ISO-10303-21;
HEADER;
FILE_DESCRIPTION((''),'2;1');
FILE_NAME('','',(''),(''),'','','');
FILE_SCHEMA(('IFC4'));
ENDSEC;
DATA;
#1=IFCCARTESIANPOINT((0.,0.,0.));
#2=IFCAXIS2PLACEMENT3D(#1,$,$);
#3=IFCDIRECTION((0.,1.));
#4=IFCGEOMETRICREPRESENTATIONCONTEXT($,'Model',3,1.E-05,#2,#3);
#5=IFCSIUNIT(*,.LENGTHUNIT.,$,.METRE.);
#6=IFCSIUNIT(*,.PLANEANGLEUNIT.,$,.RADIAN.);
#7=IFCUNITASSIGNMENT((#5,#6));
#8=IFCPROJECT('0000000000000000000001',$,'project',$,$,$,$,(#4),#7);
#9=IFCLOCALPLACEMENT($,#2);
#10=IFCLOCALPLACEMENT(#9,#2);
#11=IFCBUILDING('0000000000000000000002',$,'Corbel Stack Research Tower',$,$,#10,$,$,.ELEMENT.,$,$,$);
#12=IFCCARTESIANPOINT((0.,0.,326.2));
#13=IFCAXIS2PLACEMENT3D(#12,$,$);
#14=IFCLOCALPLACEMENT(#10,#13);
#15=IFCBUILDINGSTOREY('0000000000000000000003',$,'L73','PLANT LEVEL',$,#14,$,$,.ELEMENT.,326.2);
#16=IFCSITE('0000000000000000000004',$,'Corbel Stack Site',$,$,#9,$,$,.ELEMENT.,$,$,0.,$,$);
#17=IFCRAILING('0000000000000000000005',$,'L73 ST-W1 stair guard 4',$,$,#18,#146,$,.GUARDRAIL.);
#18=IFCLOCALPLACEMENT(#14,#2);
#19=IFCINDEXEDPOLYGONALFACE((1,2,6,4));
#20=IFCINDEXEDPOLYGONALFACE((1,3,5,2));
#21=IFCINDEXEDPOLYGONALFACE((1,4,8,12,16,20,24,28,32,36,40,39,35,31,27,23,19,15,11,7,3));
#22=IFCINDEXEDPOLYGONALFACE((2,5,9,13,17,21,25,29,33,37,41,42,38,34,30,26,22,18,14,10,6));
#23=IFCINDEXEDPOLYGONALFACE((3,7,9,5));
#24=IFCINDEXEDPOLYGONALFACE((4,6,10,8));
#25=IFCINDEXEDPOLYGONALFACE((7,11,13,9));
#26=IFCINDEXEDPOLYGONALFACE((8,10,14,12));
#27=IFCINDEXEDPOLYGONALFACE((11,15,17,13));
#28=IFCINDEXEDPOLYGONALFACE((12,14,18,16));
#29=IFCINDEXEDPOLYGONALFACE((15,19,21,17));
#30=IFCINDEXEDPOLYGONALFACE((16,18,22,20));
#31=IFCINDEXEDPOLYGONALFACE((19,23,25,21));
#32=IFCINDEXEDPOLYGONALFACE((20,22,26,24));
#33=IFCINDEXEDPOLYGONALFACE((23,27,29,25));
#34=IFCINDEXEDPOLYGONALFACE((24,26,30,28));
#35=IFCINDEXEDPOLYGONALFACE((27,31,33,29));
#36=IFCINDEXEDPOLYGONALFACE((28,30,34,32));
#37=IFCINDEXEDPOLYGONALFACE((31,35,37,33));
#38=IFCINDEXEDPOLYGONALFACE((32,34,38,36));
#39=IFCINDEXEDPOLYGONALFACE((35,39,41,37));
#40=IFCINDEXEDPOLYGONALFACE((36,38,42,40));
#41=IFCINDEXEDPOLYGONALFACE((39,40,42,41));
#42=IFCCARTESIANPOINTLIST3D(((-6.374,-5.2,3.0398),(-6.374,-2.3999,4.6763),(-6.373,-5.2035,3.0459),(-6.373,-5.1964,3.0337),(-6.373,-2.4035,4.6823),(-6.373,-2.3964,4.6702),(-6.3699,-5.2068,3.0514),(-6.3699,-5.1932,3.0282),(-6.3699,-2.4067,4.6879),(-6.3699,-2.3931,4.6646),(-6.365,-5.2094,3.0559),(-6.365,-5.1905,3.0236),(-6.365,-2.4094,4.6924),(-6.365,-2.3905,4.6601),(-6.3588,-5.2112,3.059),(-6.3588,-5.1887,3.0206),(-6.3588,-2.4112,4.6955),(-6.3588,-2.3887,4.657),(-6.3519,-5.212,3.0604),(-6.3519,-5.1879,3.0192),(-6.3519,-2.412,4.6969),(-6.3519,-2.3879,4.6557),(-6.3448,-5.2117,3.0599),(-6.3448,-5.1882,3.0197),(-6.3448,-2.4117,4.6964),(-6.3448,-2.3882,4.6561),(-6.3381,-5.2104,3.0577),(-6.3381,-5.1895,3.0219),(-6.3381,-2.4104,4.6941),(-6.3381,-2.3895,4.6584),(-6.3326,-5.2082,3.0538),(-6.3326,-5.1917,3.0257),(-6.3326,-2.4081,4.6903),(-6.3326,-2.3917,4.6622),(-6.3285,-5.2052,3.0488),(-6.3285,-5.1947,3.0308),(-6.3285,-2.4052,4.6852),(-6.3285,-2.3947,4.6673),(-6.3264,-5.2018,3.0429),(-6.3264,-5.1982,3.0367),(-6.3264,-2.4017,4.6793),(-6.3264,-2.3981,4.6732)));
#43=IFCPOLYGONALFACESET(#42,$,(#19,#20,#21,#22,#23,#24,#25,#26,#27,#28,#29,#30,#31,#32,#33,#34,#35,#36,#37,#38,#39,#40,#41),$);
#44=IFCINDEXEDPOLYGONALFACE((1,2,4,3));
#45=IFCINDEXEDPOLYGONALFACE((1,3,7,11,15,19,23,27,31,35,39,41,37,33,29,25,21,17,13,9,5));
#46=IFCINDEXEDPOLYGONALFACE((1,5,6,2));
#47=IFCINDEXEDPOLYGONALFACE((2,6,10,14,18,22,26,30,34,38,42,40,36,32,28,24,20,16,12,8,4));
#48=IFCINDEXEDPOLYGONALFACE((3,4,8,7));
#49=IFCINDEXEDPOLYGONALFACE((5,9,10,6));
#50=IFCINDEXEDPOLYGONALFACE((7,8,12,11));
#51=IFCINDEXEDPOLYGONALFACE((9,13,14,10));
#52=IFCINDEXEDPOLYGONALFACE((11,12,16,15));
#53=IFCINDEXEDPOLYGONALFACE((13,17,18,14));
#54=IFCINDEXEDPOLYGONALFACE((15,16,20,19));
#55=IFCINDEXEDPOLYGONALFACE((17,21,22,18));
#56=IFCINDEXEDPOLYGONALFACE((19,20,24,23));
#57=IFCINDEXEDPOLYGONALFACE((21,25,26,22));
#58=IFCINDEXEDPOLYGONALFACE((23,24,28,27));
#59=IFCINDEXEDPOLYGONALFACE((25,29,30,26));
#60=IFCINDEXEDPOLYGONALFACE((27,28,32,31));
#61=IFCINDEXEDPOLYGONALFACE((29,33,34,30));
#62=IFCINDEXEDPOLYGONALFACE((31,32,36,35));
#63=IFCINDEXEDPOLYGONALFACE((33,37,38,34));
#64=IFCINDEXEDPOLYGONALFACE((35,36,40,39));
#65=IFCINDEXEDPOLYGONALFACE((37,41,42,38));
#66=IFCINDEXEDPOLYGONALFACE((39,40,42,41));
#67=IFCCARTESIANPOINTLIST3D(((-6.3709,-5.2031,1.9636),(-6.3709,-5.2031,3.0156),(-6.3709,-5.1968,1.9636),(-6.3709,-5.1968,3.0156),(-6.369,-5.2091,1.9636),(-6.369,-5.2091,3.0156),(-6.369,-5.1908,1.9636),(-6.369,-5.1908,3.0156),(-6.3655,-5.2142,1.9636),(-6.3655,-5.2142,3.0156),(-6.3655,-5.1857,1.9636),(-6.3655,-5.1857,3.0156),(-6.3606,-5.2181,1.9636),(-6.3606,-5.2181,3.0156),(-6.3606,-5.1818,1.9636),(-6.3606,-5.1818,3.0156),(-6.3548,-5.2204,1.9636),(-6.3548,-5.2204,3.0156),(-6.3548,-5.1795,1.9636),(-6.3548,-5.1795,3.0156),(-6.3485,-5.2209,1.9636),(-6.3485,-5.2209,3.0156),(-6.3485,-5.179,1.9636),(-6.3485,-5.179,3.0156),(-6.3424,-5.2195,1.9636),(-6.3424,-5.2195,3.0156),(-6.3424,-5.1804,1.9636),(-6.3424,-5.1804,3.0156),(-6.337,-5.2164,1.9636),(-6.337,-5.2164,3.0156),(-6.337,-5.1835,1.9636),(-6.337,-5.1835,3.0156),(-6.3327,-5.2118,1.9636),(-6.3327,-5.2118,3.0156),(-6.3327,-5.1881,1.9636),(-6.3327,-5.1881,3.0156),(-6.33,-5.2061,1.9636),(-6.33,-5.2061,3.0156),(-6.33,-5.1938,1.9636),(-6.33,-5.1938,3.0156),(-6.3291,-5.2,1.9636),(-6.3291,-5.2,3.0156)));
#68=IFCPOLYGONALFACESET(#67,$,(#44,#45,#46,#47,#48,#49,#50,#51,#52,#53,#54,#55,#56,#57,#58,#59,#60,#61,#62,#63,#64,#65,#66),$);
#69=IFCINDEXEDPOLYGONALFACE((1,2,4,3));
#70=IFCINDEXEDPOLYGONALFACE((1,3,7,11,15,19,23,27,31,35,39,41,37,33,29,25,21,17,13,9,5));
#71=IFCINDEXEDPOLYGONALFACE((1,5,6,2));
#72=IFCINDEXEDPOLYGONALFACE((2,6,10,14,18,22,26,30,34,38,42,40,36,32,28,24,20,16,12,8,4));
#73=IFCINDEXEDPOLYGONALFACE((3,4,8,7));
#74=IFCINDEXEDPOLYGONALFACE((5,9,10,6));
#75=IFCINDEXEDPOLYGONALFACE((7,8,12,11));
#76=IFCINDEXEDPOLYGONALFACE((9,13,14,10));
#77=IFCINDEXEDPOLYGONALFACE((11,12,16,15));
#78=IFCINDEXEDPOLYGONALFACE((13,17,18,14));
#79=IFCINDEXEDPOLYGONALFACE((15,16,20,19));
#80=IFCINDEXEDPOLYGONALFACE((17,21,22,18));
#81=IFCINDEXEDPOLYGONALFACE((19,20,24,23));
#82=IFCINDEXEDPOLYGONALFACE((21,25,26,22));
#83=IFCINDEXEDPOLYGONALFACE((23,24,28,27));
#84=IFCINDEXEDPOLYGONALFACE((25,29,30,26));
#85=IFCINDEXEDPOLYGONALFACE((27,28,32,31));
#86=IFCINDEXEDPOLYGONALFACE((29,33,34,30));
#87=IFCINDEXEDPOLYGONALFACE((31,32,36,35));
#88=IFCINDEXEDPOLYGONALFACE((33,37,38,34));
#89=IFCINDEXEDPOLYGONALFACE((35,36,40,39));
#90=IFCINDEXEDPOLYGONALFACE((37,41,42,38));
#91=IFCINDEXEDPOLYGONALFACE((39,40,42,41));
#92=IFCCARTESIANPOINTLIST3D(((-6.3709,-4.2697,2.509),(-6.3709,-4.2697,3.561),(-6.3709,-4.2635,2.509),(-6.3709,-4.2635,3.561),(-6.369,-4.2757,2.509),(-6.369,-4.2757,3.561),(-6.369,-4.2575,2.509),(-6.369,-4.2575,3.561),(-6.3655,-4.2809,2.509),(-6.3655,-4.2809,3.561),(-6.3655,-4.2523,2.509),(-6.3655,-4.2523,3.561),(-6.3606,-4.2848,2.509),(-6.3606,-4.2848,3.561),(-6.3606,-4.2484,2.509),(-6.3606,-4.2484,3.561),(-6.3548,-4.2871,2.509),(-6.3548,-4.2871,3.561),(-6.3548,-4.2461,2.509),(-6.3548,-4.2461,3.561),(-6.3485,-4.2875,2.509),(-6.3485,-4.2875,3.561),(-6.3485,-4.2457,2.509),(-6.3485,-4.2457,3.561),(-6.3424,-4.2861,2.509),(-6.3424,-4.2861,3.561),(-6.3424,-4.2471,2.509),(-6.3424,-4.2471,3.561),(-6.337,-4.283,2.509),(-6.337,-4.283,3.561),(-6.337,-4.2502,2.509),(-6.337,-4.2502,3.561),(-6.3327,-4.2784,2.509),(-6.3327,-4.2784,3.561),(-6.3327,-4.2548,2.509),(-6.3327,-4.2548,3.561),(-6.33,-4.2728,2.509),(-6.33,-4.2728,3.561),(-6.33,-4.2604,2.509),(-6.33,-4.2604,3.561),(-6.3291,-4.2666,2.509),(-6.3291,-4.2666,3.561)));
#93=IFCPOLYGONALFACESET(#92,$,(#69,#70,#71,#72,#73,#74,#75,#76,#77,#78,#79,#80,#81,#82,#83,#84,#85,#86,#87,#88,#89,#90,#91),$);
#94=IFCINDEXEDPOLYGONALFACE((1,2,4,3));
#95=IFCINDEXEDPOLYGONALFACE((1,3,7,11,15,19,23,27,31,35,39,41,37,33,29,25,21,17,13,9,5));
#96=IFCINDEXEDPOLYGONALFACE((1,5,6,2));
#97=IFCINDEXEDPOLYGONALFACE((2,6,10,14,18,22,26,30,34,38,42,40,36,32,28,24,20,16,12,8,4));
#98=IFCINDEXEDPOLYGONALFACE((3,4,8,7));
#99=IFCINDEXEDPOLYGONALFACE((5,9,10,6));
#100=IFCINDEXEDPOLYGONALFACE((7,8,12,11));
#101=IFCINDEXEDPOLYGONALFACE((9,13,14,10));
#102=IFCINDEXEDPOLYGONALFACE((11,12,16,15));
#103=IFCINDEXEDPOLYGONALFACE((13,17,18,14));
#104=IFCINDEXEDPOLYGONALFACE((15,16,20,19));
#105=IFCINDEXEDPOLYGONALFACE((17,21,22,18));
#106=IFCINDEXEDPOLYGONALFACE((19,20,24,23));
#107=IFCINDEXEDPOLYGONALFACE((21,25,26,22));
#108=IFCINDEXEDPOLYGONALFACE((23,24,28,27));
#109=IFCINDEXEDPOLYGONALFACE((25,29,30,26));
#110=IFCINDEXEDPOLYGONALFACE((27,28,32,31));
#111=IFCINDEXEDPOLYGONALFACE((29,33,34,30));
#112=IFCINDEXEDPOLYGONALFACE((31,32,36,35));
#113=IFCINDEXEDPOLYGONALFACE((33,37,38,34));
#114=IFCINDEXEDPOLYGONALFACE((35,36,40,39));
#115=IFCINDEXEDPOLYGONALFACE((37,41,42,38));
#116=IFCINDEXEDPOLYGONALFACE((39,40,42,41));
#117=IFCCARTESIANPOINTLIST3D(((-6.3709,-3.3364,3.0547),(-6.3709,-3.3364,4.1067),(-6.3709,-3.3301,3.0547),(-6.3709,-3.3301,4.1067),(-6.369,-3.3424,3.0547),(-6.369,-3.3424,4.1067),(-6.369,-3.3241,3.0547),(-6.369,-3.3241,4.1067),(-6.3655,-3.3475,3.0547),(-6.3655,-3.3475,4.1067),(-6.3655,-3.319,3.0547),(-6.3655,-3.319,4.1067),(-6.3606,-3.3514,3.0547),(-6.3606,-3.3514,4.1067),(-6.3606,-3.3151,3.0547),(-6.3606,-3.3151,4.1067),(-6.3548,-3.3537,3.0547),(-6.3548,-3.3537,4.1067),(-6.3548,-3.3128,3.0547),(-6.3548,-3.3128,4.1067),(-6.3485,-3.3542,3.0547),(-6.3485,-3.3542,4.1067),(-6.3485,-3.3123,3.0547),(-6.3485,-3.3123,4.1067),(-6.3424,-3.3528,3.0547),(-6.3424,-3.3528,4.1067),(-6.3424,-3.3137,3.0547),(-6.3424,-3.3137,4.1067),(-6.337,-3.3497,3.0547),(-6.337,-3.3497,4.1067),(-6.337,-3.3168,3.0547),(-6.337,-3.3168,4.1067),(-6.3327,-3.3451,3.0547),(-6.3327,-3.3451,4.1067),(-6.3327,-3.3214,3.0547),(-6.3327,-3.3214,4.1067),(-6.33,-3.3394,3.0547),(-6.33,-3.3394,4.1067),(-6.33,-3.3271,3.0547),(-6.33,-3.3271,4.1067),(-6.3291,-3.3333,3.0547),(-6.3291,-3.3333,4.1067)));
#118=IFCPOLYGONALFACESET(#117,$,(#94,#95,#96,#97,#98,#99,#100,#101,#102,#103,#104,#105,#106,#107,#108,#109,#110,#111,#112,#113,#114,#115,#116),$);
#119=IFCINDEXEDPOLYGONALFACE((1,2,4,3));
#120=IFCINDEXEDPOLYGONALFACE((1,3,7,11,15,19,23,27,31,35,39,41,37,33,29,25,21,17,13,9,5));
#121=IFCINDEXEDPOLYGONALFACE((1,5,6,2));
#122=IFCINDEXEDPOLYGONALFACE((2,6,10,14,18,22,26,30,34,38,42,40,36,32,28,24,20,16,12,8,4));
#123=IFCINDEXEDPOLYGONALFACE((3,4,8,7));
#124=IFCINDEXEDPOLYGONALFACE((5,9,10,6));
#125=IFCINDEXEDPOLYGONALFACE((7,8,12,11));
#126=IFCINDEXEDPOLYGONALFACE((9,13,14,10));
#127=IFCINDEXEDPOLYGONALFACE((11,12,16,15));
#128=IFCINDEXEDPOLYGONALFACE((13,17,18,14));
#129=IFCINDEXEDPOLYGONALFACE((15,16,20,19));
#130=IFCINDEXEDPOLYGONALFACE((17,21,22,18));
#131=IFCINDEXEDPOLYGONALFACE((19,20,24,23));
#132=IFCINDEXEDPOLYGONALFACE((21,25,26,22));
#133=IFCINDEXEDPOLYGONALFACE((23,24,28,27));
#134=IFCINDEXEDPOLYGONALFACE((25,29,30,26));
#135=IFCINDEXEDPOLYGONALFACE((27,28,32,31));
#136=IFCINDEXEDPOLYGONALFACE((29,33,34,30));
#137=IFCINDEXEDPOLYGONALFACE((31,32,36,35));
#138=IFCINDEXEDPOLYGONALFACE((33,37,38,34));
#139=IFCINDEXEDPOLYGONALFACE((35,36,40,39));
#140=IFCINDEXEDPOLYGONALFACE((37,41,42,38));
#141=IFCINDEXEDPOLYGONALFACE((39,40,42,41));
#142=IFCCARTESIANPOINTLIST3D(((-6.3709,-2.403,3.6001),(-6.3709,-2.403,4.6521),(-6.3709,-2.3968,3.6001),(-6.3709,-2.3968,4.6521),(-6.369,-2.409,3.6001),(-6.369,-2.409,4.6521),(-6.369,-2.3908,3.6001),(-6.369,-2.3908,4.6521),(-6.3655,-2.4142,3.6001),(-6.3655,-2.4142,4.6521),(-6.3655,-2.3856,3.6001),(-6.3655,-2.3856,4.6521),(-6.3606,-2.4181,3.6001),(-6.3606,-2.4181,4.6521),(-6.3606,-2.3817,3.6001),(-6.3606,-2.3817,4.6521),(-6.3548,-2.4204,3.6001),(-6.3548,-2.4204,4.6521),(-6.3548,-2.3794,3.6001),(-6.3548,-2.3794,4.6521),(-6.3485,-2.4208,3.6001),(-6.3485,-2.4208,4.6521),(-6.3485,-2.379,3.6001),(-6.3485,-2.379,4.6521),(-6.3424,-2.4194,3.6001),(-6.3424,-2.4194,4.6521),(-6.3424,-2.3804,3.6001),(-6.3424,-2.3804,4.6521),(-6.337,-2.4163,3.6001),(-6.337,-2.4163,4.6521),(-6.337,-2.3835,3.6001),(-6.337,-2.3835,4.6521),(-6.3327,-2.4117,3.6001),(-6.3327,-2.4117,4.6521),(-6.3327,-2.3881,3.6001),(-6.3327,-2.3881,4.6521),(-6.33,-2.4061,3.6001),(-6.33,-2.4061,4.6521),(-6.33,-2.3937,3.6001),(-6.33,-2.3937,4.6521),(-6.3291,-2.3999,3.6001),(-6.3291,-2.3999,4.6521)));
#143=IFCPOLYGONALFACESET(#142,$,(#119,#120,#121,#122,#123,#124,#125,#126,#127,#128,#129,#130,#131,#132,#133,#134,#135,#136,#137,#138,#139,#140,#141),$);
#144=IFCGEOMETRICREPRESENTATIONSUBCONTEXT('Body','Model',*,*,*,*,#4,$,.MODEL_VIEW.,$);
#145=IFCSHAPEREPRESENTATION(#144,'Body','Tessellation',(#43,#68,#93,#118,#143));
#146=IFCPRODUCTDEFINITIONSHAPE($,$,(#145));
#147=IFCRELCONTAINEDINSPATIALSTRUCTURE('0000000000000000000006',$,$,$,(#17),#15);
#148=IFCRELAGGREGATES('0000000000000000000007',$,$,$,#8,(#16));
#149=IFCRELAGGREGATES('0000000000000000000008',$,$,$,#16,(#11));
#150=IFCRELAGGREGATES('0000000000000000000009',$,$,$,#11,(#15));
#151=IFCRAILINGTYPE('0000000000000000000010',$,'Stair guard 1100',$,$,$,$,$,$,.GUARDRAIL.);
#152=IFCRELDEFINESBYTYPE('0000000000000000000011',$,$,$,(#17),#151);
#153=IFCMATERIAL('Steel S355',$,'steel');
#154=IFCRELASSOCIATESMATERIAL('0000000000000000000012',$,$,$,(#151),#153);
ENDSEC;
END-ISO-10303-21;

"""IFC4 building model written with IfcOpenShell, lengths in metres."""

from ifc_helpers import new_model, si_unit, direction, frame, origin, origin_2d, place, context, subcontext, project, spatial, circle, extrude, material, type_object, element, save


model = new_model("IFC4")

# Units and contexts
model_context = context("Model", 3, precision=1e-05, world=origin(), true_north=direction((0.0, 1.0)))
body_context = subcontext(model_context, "Body", "Model", "MODEL_VIEW")
ifc_project = project(units=[si_unit("LENGTHUNIT", "METRE"), si_unit("PLANEANGLEUNIT", "RADIAN")], contexts=[model_context])

# Site, building, storey
site_placement = place(None, origin())
site = spatial("IfcSite", under=ifc_project, at=site_placement, Name="Corbel Stack Site", CompositionType="ELEMENT", RefElevation=0.0)
building_placement = place(site_placement, origin())
building = spatial("IfcBuilding", under=site, at=building_placement, Name="Corbel Stack Research Tower", CompositionType="ELEMENT")
storey_placement = place(building_placement, frame((0.0, 0.0, 326.2)))
storey = spatial("IfcBuildingStorey", under=building, at=storey_placement, Name="L73", Description="PLANT LEVEL", CompositionType="ELEMENT", Elevation=326.2)

# Railing
ifc_material_1 = material(Name="Steel S355", Category="steel")
railing_type_1 = type_object("IfcRailingType", Name="Stair guard 1100", PredefinedType="GUARDRAIL", material=ifc_material_1)
railing_1_placement = place(storey_placement, frame((-6.3501, -5.2, 1.9636)))
element("IfcRailing", 1, at=railing_1_placement, inside=storey, type_object=railing_type_1, Name="L73 ST-W1 stair guard 4", PredefinedType="GUARDRAIL", context=body_context, shape_type="SweptSolid", body=[
    extrude(circle(Radius=0.0239, at=origin_2d()), frame((0.0, 0.0, 1.0762), z_axis=(0.0, 0.863361, 0.504587), x_axis=(-1.0, 0.0, 0.0)), (0.0, 0.0, 1.0), 3.2432),
    extrude(circle(Radius=0.021, at=origin_2d()), origin(), (0.0, 0.0, 1.0), 1.052),
    extrude(circle(Radius=0.021, at=origin_2d()), frame((0.0, 0.9333, 0.5454)), (0.0, 0.0, 1.0), 1.052),
    extrude(circle(Radius=0.021, at=origin_2d()), frame((0.0, 1.8667, 1.0911)), (0.0, 0.0, 1.0), 1.052),
    extrude(circle(Radius=0.021, at=origin_2d()), frame((0.0, 2.8, 1.6365)), (0.0, 0.0, 1.0), 1.052),
])

save(model, "model.ifc")
